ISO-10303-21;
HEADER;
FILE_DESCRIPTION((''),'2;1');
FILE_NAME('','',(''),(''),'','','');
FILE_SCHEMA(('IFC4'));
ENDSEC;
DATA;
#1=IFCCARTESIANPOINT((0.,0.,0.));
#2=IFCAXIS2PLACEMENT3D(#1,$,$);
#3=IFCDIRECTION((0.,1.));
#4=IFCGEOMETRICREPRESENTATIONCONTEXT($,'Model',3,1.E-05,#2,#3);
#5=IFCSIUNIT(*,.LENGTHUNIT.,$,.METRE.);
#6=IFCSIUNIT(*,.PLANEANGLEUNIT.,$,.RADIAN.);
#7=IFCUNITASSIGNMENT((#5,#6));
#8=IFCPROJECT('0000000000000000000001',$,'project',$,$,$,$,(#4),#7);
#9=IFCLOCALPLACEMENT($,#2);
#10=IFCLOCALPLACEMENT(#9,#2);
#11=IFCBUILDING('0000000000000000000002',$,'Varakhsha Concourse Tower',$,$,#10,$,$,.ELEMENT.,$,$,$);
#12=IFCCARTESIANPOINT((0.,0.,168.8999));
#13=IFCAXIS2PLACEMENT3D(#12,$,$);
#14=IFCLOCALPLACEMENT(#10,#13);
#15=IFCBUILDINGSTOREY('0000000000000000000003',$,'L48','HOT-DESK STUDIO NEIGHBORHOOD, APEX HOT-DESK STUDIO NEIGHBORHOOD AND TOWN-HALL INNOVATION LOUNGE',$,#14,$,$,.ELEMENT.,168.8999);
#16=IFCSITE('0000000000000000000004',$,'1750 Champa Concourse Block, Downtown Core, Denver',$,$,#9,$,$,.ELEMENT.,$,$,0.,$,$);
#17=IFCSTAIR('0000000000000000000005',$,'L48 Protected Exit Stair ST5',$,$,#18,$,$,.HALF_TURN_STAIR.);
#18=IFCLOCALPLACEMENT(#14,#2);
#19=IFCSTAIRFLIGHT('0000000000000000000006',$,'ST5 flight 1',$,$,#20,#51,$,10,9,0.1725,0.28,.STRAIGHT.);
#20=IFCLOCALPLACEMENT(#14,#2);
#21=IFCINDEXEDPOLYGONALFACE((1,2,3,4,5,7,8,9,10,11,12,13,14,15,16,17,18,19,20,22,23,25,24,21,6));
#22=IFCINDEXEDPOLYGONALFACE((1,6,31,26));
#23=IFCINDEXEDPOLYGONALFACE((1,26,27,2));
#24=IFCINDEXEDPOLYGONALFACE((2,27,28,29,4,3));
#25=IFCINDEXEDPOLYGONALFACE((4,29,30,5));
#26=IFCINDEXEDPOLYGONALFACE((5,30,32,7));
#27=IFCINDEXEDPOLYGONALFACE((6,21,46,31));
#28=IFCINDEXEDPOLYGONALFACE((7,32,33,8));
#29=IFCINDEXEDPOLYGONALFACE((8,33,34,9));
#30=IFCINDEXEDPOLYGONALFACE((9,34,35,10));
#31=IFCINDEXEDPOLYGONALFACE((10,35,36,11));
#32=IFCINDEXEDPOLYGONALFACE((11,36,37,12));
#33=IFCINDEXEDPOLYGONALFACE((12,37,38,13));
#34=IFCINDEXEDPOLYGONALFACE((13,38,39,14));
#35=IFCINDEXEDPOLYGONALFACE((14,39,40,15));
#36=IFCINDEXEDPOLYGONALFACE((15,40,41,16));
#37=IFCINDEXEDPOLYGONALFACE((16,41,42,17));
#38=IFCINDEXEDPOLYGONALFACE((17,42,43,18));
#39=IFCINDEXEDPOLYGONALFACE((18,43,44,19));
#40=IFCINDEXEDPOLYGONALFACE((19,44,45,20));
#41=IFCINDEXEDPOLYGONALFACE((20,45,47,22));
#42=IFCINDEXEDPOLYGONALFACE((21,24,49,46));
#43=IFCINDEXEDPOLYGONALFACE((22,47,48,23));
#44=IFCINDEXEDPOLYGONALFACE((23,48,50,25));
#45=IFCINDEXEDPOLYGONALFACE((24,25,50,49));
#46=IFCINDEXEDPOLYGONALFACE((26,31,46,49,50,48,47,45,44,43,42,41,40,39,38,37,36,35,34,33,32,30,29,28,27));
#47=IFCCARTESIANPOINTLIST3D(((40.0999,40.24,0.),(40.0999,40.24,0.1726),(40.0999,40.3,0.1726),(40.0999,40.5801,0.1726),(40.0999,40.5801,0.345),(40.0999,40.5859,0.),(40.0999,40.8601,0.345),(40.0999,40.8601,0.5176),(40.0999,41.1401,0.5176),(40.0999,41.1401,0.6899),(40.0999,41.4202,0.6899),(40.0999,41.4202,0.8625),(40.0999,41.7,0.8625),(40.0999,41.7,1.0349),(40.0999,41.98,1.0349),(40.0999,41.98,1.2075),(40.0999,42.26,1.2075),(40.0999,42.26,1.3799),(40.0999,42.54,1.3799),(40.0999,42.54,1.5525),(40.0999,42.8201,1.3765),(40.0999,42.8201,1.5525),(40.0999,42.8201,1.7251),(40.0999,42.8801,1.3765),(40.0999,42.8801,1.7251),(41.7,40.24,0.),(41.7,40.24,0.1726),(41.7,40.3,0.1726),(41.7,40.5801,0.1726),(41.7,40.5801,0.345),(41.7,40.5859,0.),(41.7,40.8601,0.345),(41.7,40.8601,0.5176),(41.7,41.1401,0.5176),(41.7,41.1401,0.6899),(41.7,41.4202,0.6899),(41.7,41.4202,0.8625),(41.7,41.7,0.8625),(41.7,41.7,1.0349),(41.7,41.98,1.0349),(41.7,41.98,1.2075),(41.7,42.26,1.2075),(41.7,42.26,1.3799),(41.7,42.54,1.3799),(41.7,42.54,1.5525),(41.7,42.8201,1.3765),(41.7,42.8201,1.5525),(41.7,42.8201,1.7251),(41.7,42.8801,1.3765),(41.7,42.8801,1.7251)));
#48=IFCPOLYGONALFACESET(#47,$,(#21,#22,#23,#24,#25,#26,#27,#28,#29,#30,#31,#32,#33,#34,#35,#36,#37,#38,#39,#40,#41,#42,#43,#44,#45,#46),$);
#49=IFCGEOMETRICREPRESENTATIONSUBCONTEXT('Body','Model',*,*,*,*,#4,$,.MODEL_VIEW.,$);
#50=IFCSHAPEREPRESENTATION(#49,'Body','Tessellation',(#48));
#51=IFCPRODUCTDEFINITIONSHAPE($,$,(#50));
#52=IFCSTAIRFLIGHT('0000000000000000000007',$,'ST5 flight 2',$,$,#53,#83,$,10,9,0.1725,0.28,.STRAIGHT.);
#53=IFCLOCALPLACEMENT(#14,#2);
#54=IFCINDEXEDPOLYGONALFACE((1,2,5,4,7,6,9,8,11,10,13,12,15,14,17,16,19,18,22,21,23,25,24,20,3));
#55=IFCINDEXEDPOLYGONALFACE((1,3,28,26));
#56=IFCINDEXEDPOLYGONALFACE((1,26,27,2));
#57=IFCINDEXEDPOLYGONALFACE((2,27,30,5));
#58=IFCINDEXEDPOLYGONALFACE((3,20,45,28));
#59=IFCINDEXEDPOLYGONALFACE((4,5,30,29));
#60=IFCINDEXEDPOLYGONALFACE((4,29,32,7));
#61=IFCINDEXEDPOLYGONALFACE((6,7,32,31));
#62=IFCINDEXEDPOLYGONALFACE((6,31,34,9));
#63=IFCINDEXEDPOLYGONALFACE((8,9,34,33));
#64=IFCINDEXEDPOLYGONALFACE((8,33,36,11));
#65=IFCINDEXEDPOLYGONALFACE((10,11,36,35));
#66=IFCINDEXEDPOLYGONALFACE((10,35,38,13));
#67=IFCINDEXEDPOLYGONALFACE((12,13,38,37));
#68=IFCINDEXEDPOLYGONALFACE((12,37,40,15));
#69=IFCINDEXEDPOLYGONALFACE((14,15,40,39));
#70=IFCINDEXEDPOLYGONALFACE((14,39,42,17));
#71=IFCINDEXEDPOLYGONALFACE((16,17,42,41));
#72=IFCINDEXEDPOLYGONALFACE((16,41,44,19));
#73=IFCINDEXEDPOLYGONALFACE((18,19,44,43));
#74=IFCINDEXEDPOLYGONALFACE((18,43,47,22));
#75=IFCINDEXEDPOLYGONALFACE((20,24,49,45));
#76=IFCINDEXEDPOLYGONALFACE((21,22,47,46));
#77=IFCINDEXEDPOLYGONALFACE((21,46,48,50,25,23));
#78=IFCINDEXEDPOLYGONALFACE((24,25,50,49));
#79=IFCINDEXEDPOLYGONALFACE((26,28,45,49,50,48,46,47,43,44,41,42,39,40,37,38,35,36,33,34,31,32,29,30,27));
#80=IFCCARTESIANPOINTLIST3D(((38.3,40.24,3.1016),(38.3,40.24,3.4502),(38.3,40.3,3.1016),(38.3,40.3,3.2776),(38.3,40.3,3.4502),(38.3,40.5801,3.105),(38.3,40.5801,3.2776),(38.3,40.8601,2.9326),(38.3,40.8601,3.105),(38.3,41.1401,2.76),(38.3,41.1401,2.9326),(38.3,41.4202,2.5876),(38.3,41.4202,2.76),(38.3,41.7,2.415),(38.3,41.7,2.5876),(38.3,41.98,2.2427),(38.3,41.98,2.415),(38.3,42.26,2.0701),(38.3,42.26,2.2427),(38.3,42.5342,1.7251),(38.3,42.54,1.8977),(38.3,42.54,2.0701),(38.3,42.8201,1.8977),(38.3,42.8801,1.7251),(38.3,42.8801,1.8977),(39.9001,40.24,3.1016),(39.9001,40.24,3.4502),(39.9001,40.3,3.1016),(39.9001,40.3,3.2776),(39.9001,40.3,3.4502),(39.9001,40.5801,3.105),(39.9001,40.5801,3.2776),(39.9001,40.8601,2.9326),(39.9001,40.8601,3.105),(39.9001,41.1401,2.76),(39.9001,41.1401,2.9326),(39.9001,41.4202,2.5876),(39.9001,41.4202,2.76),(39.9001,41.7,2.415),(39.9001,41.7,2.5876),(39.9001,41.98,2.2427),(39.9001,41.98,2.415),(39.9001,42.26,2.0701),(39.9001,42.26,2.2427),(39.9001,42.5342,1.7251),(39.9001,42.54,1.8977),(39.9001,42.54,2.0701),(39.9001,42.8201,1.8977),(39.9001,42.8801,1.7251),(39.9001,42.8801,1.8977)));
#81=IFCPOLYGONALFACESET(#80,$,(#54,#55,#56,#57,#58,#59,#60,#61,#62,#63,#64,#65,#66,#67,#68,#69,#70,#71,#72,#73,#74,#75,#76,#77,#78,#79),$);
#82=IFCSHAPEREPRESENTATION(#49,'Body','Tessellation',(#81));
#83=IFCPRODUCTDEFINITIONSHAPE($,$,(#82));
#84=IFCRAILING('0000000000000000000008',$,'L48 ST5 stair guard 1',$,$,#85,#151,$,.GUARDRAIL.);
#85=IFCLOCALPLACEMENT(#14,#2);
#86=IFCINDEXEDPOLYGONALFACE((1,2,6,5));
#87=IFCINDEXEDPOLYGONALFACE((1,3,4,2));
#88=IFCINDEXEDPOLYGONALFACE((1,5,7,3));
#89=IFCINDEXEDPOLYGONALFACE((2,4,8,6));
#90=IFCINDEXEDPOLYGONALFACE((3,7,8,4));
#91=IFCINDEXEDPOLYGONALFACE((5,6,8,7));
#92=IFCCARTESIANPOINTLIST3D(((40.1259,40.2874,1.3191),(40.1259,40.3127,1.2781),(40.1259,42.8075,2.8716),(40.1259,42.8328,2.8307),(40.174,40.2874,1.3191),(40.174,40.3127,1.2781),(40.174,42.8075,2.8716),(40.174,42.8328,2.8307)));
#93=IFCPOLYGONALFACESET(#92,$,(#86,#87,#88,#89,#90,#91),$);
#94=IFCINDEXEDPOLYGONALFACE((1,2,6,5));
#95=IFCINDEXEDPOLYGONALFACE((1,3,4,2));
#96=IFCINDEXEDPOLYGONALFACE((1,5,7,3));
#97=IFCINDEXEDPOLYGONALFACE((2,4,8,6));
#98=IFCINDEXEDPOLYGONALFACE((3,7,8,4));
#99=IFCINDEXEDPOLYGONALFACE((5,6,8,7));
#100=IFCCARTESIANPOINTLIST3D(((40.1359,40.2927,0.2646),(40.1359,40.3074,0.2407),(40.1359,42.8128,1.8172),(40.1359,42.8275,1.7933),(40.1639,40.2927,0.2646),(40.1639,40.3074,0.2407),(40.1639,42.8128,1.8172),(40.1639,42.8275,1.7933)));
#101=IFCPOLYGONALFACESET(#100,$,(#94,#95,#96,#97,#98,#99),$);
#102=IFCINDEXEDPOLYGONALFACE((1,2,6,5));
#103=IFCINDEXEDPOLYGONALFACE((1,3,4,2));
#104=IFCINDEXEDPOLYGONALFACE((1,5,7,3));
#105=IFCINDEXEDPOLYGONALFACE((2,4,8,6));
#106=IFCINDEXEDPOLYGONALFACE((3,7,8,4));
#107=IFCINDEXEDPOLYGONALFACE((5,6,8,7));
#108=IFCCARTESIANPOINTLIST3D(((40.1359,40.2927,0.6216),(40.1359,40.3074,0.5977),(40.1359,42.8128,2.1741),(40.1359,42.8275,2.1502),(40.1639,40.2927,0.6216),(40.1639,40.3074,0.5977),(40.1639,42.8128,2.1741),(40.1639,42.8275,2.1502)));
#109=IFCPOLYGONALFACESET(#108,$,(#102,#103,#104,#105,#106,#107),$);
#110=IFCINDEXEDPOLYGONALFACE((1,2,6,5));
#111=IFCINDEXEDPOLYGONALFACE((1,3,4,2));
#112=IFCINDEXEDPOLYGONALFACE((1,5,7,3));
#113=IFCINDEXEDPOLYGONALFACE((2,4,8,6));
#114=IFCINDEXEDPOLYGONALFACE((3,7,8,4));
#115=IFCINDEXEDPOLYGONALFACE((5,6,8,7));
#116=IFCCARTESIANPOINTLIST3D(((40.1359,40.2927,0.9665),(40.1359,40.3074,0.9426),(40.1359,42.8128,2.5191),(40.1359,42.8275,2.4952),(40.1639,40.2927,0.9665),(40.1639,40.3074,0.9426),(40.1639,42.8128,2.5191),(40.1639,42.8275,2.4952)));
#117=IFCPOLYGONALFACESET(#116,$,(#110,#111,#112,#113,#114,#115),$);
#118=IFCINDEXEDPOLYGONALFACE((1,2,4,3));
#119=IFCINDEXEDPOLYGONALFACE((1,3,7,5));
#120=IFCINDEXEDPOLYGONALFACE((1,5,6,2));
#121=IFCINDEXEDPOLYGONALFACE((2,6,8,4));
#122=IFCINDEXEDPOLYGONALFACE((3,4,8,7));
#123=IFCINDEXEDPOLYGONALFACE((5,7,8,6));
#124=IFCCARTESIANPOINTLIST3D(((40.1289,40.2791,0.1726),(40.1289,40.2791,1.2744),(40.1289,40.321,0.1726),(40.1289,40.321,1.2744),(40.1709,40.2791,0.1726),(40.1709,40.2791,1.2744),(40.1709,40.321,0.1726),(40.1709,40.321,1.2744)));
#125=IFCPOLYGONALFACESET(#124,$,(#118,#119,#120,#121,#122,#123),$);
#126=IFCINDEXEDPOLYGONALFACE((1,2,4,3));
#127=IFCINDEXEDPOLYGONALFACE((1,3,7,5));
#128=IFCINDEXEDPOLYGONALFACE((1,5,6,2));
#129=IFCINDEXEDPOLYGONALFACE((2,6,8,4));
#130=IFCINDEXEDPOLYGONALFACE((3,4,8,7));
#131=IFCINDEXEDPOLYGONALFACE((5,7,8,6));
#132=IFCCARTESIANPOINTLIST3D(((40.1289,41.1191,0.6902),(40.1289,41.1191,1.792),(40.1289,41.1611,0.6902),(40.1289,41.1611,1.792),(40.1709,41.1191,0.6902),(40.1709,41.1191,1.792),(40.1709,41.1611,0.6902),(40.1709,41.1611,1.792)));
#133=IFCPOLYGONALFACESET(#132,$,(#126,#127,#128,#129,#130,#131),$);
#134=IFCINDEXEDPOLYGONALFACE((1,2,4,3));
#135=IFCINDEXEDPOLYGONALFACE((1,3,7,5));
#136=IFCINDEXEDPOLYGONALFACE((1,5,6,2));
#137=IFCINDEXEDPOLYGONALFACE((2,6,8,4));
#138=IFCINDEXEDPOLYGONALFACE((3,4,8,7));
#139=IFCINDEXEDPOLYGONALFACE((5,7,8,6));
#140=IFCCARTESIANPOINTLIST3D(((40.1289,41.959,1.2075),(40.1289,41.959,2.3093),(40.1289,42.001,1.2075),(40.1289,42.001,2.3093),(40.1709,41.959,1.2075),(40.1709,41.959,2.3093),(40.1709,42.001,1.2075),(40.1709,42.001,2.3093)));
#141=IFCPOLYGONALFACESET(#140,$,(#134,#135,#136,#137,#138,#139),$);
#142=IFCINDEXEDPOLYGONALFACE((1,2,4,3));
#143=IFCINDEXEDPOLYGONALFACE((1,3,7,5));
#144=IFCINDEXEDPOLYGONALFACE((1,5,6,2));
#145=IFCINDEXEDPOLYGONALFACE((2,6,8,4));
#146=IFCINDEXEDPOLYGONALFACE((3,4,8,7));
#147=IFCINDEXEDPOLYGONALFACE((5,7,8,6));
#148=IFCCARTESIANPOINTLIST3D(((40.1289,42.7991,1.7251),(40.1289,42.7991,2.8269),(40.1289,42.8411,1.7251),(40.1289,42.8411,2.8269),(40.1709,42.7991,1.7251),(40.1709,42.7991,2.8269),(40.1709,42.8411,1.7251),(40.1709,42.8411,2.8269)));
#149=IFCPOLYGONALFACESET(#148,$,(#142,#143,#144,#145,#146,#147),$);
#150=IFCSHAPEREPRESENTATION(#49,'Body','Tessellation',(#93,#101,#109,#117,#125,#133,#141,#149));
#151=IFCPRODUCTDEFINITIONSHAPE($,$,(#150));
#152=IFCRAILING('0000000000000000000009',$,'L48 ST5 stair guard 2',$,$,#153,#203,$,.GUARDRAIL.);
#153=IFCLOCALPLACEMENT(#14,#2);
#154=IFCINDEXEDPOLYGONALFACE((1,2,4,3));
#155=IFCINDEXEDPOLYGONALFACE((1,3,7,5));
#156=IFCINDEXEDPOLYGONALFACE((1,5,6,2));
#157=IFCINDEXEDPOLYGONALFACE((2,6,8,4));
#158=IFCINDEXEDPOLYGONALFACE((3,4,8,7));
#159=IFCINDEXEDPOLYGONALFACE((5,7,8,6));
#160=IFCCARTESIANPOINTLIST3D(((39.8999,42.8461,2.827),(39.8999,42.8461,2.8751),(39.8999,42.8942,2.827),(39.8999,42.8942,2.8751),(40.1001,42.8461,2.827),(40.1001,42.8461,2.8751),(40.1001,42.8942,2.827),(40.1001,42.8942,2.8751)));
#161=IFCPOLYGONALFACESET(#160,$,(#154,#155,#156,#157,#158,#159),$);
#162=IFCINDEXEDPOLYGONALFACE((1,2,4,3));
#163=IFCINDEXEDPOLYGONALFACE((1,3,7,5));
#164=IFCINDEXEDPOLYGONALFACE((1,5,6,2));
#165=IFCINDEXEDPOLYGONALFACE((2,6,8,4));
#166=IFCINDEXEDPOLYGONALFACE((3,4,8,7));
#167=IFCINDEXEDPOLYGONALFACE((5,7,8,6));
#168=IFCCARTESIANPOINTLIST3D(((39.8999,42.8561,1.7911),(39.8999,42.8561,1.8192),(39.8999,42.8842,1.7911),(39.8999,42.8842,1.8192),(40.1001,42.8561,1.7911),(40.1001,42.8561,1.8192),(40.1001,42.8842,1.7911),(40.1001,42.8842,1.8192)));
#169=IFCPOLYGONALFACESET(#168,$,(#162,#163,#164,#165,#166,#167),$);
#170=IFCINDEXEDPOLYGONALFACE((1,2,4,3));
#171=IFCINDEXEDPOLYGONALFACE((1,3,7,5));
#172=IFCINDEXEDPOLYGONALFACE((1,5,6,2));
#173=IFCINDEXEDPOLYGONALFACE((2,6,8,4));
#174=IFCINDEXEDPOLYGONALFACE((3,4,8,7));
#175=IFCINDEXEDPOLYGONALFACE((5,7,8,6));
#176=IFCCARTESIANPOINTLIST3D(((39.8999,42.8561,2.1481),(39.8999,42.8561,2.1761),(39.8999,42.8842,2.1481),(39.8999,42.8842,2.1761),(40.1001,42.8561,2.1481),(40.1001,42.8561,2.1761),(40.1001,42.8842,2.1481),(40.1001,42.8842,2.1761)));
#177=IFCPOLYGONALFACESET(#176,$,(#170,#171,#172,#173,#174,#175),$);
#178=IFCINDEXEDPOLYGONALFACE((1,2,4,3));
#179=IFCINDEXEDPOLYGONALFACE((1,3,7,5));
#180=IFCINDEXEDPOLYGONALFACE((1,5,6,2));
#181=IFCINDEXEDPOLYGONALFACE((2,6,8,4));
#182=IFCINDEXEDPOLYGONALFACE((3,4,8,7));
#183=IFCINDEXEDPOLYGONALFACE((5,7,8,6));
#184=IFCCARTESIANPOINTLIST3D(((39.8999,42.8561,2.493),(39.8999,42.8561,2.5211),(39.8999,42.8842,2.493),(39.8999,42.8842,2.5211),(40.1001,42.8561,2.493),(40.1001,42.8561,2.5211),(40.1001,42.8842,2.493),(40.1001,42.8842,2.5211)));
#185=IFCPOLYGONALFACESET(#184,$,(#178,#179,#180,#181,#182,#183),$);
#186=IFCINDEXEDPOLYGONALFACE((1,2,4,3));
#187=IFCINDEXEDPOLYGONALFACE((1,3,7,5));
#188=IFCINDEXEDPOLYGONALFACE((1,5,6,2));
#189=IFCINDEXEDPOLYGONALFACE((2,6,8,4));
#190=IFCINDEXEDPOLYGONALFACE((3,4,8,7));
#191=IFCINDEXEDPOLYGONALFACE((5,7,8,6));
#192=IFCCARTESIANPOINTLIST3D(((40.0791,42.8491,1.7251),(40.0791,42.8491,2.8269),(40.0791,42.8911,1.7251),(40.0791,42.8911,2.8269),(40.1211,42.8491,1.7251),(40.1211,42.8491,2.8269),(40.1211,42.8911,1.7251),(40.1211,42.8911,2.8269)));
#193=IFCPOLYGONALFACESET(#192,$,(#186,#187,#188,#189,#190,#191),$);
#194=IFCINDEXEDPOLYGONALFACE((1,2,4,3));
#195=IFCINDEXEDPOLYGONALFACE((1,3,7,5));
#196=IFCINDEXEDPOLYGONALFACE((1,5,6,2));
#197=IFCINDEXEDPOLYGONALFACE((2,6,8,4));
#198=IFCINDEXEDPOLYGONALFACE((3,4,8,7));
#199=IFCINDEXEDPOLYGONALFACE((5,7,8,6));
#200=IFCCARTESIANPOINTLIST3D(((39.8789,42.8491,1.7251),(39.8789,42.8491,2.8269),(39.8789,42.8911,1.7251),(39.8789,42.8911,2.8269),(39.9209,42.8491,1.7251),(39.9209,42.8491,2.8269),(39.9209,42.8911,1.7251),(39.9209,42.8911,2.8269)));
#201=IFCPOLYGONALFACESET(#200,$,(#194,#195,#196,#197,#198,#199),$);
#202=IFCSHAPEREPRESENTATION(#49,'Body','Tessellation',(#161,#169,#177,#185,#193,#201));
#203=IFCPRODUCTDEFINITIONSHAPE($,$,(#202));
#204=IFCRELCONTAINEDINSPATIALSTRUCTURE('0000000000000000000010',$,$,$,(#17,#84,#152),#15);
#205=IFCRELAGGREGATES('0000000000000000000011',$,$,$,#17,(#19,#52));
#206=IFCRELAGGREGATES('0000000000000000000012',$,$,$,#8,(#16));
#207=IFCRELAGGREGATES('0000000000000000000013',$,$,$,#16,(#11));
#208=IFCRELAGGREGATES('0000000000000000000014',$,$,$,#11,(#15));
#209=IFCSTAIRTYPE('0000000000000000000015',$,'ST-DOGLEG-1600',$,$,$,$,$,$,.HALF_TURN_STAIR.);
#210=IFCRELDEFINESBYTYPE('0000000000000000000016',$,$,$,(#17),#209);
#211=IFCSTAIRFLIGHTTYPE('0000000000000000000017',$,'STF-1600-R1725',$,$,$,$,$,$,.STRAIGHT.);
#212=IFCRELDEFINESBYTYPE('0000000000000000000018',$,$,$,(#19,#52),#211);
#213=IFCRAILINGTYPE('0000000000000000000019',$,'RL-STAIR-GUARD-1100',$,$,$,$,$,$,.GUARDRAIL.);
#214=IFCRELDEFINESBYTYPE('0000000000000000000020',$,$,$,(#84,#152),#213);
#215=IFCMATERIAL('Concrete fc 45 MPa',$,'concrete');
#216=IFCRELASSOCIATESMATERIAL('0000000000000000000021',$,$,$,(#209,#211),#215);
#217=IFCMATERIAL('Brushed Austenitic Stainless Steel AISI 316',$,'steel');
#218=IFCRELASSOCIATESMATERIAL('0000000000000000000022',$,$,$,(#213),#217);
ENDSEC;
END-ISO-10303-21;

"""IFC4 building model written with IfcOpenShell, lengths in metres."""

from ifc_helpers import new_model, si_unit, direction, frame, origin, origin_2d, place, context, subcontext, project, spatial, polyline, rectangle, outline, extrude, material, type_object, element, aggregate, save


model = new_model("IFC4")

# Units and contexts
model_context = context("Model", 3, precision=1e-05, world=origin(), true_north=direction((0.0, 1.0)))
body_context = subcontext(model_context, "Body", "Model", "MODEL_VIEW")
ifc_project = project(units=[si_unit("LENGTHUNIT", "METRE"), si_unit("PLANEANGLEUNIT", "RADIAN")], contexts=[model_context])

# Site, building, storey
site_placement = place(None, origin())
site = spatial("IfcSite", under=ifc_project, at=site_placement, Name="1750 Champa Concourse Block, Downtown Core, Denver", CompositionType="ELEMENT", RefElevation=0.0)
building_placement = place(site_placement, origin())
building = spatial("IfcBuilding", under=site, at=building_placement, Name="Varakhsha Concourse Tower", CompositionType="ELEMENT")
storey_placement = place(building_placement, frame((0.0, 0.0, 168.8999)))
storey = spatial("IfcBuildingStorey", under=building, at=storey_placement, Name="L48", Description="HOT-DESK STUDIO NEIGHBORHOOD, APEX HOT-DESK STUDIO NEIGHBORHOOD AND TOWN-HALL INNOVATION LOUNGE", CompositionType="ELEMENT", Elevation=168.8999)

# Shared definitions
ifc_material_1 = material(Name="Concrete fc 45 MPa", Category="concrete")

# Stair, stair flights
stair_type = type_object("IfcStairType", Name="ST-DOGLEG-1600", PredefinedType="HALF_TURN_STAIR", material=ifc_material_1)
stair_placement = place(storey_placement, origin())
stair = element("IfcStair", 1, at=stair_placement, inside=storey, type_object=stair_type, Name="L48 Protected Exit Stair ST5", PredefinedType="HALF_TURN_STAIR")
stair_flight_type = type_object("IfcStairFlightType", Name="STF-1600-R1725", PredefinedType="STRAIGHT", material=ifc_material_1)
stair_flight_1_placement = place(storey_placement, frame((40.8999, 40.3, 0.0), z_axis=(0.0, 0.0, 1.0), x_axis=(0.0, 1.0, 0.0)))
stair_flight_1 = element("IfcStairFlight", 2, at=stair_flight_1_placement, type_object=stair_flight_type, Name="ST5 flight 1", NumberOfRisers=10, NumberOfTreads=9, PredefinedType="STRAIGHT", RiserHeight=0.1725, TreadLength=0.28, context=body_context, shape_type="SweptSolid", body=[
    extrude(outline(polyline([(-0.0601, 0.0), (-0.0601, 0.1726), (0.0, 0.1726), (0.28, 0.1726), (0.28, 0.345), (0.5601, 0.345), (0.5601, 0.5176), (0.8401, 0.5176), (0.8401, 0.6899), (1.1201, 0.6899), (1.1201, 0.8625), (1.3999, 0.8625), (1.3999, 1.0349), (1.6799, 1.0349), (1.6799, 1.2075), (1.96, 1.2075), (1.96, 1.3799), (2.24, 1.3799), (2.24, 1.5525), (2.52, 1.5525), (2.52, 1.7251), (2.5801, 1.7251), (2.5801, 1.3765), (2.52, 1.3765), (0.2859, 0.0), (-0.0601, 0.0)])), frame((0.0, 0.8, 0.0), z_axis=(0.0, -1.0, 0.0), x_axis=(1.0, 0.0, 0.0)), (0.0, 0.0, 1.0), 1.6001),
])
stair_flight_2_placement = place(storey_placement, frame((39.1001, 42.8201, 1.7251), z_axis=(0.0, 0.0, 1.0), x_axis=(0.0, -1.0, 0.0)))
stair_flight_2 = element("IfcStairFlight", 3, at=stair_flight_2_placement, type_object=stair_flight_type, Name="ST5 flight 2", NumberOfRisers=10, NumberOfTreads=9, PredefinedType="STRAIGHT", RiserHeight=0.1725, TreadLength=0.28, context=body_context, shape_type="SweptSolid", body=[
    extrude(outline(polyline([(-0.0601, 0.0), (-0.0601, 0.1726), (0.0, 0.1726), (0.28, 0.1726), (0.28, 0.345), (0.5601, 0.345), (0.5601, 0.5176), (0.8401, 0.5176), (0.8401, 0.6899), (1.1201, 0.6899), (1.1201, 0.8625), (1.3999, 0.8625), (1.3999, 1.0349), (1.6799, 1.0349), (1.6799, 1.2075), (1.96, 1.2075), (1.96, 1.3799), (2.24, 1.3799), (2.24, 1.5525), (2.52, 1.5525), (2.52, 1.7251), (2.5801, 1.7251), (2.5801, 1.3765), (2.52, 1.3765), (0.2859, 0.0), (-0.0601, 0.0)])), frame((0.0, 0.8, 0.0), z_axis=(0.0, -1.0, 0.0), x_axis=(1.0, 0.0, 0.0)), (0.0, 0.0, 1.0), 1.6001),
])
aggregate(stair, [stair_flight_1, stair_flight_2])

# Railings
ifc_material_2 = material(Name="Brushed Austenitic Stainless Steel AISI 316", Category="steel")
railing_type_1 = type_object("IfcRailingType", Name="RL-STAIR-GUARD-1100", PredefinedType="GUARDRAIL", material=ifc_material_2)
railing_1_placement = place(storey_placement, frame((40.1499, 40.3, 0.1726)))
element("IfcRailing", 4, at=railing_1_placement, inside=storey, type_object=railing_type_1, Name="L48 ST5 stair guard 1", PredefinedType="GUARDRAIL", context=body_context, shape_type="SweptSolid", body=[
    extrude(rectangle(XDim=0.0481, YDim=0.0481, at=origin_2d()), frame((0.0, 0.0, 1.126), z_axis=(0.0, 0.8514, 0.524516), x_axis=(-1.0, 0.0, 0.0)), (0.0, 0.0, 1.0), 2.96),
    extrude(rectangle(XDim=0.0281, YDim=0.0281, at=origin_2d()), frame((0.0, 0.0, 0.0801), z_axis=(0.0, 0.8514, 0.524516), x_axis=(-1.0, 0.0, 0.0)), (0.0, 0.0, 1.0), 2.96),
    extrude(rectangle(XDim=0.0281, YDim=0.0281, at=origin_2d()), frame((0.0, 0.0, 0.437), z_axis=(0.0, 0.8514, 0.524516), x_axis=(-1.0, 0.0, 0.0)), (0.0, 0.0, 1.0), 2.96),
    extrude(rectangle(XDim=0.0281, YDim=0.0281, at=origin_2d()), frame((0.0, 0.0, 0.782), z_axis=(0.0, 0.8514, 0.524516), x_axis=(-1.0, 0.0, 0.0)), (0.0, 0.0, 1.0), 2.96),
    extrude(rectangle(XDim=0.042, YDim=0.042, at=origin_2d()), origin(), (0.0, 0.0, 1.0), 1.1018),
    extrude(rectangle(XDim=0.042, YDim=0.042, at=origin_2d()), frame((0.0, 0.8401, 0.5176)), (0.0, 0.0, 1.0), 1.1018),
    extrude(rectangle(XDim=0.042, YDim=0.042, at=origin_2d()), frame((0.0, 1.6799, 1.0349)), (0.0, 0.0, 1.0), 1.1018),
    extrude(rectangle(XDim=0.042, YDim=0.042, at=origin_2d()), frame((0.0, 2.52, 1.5525)), (0.0, 0.0, 1.0), 1.1018),
])
railing_2_placement = place(storey_placement, frame((40.1001, 42.8701, 1.7251)))
element("IfcRailing", 5, at=railing_2_placement, inside=storey, type_object=railing_type_1, Name="L48 ST5 stair guard 2", PredefinedType="GUARDRAIL", context=body_context, shape_type="SweptSolid", body=[
    extrude(rectangle(XDim=0.0481, YDim=0.0481, at=origin_2d()), frame((0.0, 0.0, 1.126), z_axis=(-1.0, 0.0, 0.0), x_axis=(0.0, -1.0, 0.0)), (0.0, 0.0, 1.0), 0.2002),
    extrude(rectangle(XDim=0.0281, YDim=0.0281, at=origin_2d()), frame((0.0, 0.0, 0.0801), z_axis=(-1.0, 0.0, 0.0), x_axis=(0.0, -1.0, 0.0)), (0.0, 0.0, 1.0), 0.2002),
    extrude(rectangle(XDim=0.0281, YDim=0.0281, at=origin_2d()), frame((0.0, 0.0, 0.437), z_axis=(-1.0, 0.0, 0.0), x_axis=(0.0, -1.0, 0.0)), (0.0, 0.0, 1.0), 0.2002),
    extrude(rectangle(XDim=0.0281, YDim=0.0281, at=origin_2d()), frame((0.0, 0.0, 0.782), z_axis=(-1.0, 0.0, 0.0), x_axis=(0.0, -1.0, 0.0)), (0.0, 0.0, 1.0), 0.2002),
    extrude(rectangle(XDim=0.042, YDim=0.042, at=origin_2d()), origin(), (0.0, 0.0, 1.0), 1.1018),
    extrude(rectangle(XDim=0.042, YDim=0.042, at=origin_2d()), frame((-0.2002, 0.0, 0.0)), (0.0, 0.0, 1.0), 1.1018),
])

save(model, "model.ifc")
